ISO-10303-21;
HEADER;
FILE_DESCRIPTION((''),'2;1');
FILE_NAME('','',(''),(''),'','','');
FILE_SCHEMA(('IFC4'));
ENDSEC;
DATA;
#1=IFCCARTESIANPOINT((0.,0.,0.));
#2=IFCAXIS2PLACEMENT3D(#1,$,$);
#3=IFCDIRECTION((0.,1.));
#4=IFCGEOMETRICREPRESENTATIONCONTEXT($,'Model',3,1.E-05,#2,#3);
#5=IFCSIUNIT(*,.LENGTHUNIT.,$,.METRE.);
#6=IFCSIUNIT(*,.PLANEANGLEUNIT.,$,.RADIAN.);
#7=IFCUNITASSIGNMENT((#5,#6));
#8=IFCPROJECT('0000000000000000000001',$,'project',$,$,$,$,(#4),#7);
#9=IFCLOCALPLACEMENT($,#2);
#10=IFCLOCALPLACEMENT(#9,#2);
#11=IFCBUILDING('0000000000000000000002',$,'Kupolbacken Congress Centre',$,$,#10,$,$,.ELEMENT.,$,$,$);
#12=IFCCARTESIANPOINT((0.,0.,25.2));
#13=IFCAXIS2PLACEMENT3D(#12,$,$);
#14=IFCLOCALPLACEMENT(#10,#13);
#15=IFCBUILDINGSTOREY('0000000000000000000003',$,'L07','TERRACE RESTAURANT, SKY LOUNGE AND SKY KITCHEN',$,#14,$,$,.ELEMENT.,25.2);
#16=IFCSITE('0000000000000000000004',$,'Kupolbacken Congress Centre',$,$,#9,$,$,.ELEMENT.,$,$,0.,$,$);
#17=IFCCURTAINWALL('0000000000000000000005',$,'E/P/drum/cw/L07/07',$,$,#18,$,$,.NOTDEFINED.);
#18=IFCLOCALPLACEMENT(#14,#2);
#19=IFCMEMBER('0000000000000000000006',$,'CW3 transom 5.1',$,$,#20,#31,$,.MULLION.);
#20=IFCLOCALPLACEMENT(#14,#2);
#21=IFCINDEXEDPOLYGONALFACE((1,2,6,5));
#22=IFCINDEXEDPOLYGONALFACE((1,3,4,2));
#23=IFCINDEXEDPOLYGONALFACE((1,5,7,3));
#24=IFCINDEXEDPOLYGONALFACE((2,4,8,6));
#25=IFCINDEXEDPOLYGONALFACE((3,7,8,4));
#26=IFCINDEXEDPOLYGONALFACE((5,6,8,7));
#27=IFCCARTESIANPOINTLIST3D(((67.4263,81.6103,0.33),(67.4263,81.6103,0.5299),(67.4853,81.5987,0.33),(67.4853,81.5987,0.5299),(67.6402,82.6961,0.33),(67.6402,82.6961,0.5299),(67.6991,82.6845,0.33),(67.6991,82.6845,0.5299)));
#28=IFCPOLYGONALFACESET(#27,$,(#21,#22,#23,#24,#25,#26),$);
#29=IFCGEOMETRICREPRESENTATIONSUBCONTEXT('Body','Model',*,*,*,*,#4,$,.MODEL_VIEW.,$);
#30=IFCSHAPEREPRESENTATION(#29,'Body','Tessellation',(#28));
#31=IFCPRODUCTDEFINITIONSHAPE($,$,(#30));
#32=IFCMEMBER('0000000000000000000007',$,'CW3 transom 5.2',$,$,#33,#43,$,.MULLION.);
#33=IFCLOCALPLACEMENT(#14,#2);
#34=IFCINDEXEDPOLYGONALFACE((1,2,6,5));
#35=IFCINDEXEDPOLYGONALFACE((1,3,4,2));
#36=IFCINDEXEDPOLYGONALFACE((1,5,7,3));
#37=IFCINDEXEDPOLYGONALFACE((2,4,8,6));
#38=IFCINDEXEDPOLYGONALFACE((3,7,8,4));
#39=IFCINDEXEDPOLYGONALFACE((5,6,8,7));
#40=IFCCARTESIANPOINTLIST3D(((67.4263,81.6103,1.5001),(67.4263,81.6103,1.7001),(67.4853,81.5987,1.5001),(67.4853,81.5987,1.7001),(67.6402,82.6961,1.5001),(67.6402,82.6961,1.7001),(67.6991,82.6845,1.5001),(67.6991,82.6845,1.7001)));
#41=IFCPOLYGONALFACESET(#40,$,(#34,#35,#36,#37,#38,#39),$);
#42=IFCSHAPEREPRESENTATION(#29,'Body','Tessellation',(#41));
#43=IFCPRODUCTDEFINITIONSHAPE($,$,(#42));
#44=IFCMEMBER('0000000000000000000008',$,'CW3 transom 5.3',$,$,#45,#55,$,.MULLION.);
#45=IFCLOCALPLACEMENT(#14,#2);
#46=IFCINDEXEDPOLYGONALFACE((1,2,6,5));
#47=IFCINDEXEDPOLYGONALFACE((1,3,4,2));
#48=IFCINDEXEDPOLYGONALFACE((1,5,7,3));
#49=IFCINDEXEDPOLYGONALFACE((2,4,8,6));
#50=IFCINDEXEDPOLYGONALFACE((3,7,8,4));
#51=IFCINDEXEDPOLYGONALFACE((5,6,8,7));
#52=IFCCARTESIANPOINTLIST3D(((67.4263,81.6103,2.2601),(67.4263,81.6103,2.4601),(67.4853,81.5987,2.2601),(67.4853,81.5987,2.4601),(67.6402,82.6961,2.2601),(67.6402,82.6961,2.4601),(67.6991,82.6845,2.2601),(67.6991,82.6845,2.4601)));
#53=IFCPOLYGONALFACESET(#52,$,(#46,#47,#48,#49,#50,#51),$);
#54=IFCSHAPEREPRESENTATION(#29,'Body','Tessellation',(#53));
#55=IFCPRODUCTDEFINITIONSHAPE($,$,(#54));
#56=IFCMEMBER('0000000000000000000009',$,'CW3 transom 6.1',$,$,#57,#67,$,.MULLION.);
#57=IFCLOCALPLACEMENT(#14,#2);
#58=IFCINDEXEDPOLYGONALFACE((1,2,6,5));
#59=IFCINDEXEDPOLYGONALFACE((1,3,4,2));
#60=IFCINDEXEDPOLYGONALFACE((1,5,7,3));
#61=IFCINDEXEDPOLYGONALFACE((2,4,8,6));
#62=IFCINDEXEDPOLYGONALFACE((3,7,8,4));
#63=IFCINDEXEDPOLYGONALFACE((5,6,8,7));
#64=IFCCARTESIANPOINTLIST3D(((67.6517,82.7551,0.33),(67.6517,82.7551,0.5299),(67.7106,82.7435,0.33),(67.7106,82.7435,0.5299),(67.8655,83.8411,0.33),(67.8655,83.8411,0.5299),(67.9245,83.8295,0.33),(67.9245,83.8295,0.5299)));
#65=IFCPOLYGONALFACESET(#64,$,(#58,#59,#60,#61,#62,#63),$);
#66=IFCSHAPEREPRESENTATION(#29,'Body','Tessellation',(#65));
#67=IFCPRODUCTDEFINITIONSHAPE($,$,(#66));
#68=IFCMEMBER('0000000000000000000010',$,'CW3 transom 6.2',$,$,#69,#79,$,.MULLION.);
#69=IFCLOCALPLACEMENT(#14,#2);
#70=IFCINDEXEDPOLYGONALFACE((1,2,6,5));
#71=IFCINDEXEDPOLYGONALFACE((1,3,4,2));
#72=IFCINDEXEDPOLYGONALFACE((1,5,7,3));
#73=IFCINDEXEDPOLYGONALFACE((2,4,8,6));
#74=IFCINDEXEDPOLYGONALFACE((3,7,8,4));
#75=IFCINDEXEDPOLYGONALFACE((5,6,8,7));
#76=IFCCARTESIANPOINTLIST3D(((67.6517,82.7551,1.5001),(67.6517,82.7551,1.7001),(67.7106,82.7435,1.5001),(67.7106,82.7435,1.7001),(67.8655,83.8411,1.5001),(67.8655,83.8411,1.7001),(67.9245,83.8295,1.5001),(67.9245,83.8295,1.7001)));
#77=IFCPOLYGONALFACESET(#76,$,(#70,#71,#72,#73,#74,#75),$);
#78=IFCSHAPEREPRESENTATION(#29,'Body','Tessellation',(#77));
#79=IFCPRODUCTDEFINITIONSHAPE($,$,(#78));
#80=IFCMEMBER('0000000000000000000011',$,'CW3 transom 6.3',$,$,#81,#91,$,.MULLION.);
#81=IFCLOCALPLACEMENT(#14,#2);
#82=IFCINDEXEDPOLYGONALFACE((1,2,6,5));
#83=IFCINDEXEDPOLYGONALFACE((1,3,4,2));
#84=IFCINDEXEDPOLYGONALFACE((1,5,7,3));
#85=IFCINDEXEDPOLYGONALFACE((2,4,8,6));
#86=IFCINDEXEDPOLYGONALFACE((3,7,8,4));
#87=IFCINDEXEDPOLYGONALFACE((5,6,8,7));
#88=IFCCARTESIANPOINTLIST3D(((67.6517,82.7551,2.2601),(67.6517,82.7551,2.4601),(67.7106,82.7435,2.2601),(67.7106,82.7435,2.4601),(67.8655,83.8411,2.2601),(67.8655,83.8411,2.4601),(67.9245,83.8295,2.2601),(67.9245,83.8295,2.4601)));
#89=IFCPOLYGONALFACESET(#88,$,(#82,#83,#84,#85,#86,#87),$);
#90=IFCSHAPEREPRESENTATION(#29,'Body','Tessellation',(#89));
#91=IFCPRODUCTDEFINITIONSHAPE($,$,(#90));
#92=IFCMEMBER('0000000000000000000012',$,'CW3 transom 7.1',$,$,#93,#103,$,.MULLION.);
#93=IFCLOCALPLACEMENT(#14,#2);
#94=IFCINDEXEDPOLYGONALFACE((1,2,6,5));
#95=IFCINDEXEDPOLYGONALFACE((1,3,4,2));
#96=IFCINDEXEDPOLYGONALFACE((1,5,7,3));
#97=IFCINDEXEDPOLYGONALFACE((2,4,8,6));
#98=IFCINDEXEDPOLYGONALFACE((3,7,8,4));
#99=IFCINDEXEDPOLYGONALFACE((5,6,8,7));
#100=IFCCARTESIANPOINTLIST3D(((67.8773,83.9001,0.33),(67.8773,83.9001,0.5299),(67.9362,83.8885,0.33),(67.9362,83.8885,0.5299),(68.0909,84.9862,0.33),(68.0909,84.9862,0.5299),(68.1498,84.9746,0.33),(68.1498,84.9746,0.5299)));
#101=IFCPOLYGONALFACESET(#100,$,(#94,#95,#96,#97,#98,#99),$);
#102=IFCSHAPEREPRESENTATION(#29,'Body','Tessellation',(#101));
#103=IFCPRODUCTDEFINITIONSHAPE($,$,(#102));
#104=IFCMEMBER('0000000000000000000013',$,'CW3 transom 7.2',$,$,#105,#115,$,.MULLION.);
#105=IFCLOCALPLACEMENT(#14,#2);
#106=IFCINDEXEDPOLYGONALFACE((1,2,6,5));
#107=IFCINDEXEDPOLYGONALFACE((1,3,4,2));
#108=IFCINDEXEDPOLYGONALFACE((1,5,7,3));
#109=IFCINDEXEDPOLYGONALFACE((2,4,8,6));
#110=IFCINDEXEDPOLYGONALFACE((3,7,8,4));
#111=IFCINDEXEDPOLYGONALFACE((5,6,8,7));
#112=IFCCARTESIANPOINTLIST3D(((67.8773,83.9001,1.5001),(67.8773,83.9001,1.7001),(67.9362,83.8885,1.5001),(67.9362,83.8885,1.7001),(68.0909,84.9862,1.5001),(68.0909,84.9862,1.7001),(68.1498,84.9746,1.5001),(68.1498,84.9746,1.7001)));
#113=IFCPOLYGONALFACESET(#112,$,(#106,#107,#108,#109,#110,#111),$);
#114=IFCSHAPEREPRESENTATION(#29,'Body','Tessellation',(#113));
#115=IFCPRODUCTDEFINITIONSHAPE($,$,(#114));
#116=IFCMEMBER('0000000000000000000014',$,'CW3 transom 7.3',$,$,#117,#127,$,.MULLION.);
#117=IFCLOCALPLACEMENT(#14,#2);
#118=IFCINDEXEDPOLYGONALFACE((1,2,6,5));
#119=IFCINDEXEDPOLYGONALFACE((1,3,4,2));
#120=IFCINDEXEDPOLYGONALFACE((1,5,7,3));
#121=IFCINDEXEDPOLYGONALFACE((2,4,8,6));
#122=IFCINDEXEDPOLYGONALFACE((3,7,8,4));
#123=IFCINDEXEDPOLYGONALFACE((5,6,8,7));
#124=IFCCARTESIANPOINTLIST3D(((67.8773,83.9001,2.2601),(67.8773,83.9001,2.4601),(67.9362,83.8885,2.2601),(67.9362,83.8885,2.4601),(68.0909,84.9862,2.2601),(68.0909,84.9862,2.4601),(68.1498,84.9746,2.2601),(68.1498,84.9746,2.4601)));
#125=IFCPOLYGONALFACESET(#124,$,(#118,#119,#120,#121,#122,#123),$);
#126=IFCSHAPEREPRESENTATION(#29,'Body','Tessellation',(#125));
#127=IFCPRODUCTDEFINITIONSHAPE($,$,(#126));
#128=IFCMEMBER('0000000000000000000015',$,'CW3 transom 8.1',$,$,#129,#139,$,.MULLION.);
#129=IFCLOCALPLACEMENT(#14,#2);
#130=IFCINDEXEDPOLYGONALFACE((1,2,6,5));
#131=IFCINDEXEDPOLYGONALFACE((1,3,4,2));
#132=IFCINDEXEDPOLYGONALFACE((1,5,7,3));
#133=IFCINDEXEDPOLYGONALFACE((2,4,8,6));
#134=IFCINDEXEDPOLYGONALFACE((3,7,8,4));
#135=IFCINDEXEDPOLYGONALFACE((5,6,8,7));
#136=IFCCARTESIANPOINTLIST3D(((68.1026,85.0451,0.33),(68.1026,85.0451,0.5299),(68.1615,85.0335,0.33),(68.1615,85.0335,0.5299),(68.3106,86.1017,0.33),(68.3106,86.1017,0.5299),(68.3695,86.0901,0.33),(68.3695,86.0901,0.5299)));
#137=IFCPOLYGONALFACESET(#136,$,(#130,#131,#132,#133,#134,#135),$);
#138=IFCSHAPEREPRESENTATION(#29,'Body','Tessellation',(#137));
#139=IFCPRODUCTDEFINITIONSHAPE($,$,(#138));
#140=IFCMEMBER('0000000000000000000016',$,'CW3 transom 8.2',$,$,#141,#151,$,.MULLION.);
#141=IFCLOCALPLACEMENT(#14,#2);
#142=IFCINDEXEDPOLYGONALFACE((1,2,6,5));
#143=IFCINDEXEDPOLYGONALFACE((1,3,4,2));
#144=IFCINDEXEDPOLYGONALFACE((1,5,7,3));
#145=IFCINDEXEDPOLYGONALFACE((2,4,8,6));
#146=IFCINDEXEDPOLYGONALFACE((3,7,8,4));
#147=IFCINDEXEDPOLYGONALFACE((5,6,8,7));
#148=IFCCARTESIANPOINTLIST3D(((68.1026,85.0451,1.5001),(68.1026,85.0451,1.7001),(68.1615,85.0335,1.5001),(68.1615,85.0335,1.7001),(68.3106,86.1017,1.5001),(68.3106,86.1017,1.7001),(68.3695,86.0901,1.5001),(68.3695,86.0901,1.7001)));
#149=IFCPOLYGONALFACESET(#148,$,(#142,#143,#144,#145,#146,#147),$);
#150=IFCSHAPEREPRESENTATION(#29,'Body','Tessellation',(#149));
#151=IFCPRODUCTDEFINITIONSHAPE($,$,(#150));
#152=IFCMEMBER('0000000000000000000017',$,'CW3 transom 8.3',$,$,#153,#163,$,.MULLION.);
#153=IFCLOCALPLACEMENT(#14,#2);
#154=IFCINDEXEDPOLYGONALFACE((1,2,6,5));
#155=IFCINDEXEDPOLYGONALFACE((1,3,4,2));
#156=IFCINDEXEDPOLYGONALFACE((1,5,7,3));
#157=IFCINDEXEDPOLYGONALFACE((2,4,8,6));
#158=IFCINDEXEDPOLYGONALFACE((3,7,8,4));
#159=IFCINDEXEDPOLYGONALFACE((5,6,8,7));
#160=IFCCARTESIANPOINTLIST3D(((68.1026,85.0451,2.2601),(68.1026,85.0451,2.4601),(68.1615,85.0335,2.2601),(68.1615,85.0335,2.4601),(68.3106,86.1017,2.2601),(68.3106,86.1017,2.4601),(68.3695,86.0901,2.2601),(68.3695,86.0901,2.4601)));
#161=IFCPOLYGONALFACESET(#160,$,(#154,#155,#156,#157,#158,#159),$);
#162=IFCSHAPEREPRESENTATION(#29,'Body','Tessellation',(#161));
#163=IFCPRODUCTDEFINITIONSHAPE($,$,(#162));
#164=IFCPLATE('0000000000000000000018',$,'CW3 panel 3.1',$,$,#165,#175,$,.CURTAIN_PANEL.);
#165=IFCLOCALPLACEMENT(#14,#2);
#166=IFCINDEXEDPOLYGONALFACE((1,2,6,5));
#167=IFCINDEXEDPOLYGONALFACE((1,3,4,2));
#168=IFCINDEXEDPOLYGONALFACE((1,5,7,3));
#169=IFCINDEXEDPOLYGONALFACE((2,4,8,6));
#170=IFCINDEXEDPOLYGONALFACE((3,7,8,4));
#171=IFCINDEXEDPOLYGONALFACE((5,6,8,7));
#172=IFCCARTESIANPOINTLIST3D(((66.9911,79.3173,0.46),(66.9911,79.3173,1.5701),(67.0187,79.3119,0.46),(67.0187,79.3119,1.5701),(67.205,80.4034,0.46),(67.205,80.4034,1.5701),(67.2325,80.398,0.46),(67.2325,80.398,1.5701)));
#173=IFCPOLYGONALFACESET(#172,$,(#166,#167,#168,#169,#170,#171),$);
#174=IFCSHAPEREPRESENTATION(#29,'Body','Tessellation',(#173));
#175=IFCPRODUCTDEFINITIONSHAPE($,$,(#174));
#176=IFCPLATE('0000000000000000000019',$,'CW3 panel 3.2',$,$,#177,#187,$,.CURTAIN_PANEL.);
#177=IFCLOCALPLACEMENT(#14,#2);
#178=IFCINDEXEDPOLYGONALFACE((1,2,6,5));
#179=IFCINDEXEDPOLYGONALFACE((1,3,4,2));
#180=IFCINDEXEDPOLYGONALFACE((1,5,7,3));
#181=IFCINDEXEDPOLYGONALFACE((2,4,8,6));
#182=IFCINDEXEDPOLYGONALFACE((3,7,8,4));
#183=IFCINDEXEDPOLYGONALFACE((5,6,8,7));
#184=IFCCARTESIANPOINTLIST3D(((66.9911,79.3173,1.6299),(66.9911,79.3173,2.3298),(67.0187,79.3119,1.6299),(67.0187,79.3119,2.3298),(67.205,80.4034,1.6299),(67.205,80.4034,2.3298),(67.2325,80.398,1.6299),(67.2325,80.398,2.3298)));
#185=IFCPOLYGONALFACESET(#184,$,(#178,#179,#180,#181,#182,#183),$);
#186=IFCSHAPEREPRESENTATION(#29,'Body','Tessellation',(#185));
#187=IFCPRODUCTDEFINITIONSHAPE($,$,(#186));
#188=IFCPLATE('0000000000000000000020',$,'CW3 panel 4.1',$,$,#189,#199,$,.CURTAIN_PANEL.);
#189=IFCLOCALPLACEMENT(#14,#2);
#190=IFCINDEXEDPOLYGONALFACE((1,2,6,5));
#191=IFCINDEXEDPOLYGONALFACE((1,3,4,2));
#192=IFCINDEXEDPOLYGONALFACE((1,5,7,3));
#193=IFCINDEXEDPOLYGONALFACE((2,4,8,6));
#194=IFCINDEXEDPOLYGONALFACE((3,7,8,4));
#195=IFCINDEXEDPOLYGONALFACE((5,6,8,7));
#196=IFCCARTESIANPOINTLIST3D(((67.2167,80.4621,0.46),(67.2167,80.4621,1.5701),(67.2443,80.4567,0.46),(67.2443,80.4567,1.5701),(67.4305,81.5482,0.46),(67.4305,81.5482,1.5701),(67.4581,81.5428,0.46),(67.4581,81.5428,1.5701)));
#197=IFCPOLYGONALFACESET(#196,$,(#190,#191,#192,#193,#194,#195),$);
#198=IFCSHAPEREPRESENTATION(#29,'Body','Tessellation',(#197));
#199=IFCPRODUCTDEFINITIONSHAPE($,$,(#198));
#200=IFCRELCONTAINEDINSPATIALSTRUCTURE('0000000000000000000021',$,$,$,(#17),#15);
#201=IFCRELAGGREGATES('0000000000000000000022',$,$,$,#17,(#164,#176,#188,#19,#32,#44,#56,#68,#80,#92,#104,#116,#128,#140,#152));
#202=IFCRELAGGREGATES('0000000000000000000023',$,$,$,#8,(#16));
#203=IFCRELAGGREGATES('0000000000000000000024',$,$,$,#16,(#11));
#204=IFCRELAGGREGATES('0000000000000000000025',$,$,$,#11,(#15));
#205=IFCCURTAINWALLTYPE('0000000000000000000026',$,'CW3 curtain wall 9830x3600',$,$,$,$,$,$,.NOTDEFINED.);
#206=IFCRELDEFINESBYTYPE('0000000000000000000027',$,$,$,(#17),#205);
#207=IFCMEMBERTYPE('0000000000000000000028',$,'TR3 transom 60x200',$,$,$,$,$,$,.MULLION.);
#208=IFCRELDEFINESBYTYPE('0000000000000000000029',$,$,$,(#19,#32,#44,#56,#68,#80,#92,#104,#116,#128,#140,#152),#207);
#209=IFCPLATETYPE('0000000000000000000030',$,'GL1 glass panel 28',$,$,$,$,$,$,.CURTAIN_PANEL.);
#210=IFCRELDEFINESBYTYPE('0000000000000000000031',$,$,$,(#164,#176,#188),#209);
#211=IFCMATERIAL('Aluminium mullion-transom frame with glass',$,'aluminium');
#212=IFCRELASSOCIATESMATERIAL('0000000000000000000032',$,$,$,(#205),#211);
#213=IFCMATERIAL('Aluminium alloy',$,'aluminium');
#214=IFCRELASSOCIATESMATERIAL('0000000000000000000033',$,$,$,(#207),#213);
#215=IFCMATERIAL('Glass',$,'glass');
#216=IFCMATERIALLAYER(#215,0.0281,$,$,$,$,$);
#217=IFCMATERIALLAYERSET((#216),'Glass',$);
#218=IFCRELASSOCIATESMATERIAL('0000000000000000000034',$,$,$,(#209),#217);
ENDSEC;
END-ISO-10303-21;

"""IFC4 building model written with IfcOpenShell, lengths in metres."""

from ifc_helpers import new_model, si_unit, direction, frame, origin, origin_2d, place, context, subcontext, project, spatial, rectangle, extrude, material, layer, layer_set, material_profile, profile_set, type_object, element, aggregate, save


model = new_model("IFC4")

# Units and contexts
model_context = context("Model", 3, precision=1e-05, world=origin(), true_north=direction((0.0, 1.0)))
body_context = subcontext(model_context, "Body", "Model", "MODEL_VIEW")
ifc_project = project(units=[si_unit("LENGTHUNIT", "METRE"), si_unit("PLANEANGLEUNIT", "RADIAN")], contexts=[model_context])

# Site, building, storey
site_placement = place(None, origin())
site = spatial("IfcSite", under=ifc_project, at=site_placement, Name="Kupolbacken Congress Centre", CompositionType="ELEMENT", RefElevation=0.0)
building_placement = place(site_placement, origin())
building = spatial("IfcBuilding", under=site, at=building_placement, Name="Kupolbacken Congress Centre", CompositionType="ELEMENT")
storey_placement = place(building_placement, frame((0.0, 0.0, 25.2)))
storey = spatial("IfcBuildingStorey", under=building, at=storey_placement, Name="L07", Description="TERRACE RESTAURANT, SKY LOUNGE AND SKY KITCHEN", CompositionType="ELEMENT", Elevation=25.2)

# Curtain wall, members, plates
ifc_material_1 = material(Name="Aluminium mullion-transom frame with glass", Category="aluminium")
curtain_wall_type = type_object("IfcCurtainWallType", Name="CW3 curtain wall 9830x3600", PredefinedType="NOTDEFINED", material=ifc_material_1)
curtain_wall_placement = place(storey_placement, origin())
curtain_wall = element("IfcCurtainWall", 1, at=curtain_wall_placement, inside=storey, type_object=curtain_wall_type, Name="E/P/drum/cw/L07/07", PredefinedType="NOTDEFINED")
ifc_material_2 = material(Name="Aluminium alloy", Category="aluminium")
ifc_material_profile_1 = material_profile(ifc_material_2, rectangle(XDim=0.0601, YDim=0.2, at=origin_2d()), Name="60 x 200")
ifc_profile_set_1 = profile_set([ifc_material_profile_1], Name="Aluminium alloy")
member_type_1 = type_object("IfcMemberType", Name="TR3 transom 60x200", PredefinedType="MULLION", material=ifc_profile_set_1)
member_1_placement = place(storey_placement, frame((67.4558, 81.6045, 0.4299), z_axis=(0.193231, 0.981153, 0.0), x_axis=(-0.981153, 0.193231, 0.0)))
member_1 = element("IfcMember", 2, at=member_1_placement, type_object=member_type_1, Name="CW3 transom 5.1", PredefinedType="MULLION", context=body_context, shape_type="SweptSolid", body=[
    extrude(rectangle(XDim=0.0601, YDim=0.2, at=origin_2d()), origin(), (0.0, 0.0, 1.0), 1.1067),
])
member_2_placement = place(storey_placement, frame((67.4558, 81.6045, 1.6001), z_axis=(0.193231, 0.981153, 0.0), x_axis=(-0.981153, 0.193231, 0.0)))
member_2 = element("IfcMember", 3, at=member_2_placement, type_object=member_type_1, Name="CW3 transom 5.2", PredefinedType="MULLION", context=body_context, shape_type="SweptSolid", body=[
    extrude(rectangle(XDim=0.0601, YDim=0.2, at=origin_2d()), origin(), (0.0, 0.0, 1.0), 1.1067),
])
member_3_placement = place(storey_placement, frame((67.4558, 81.6045, 2.3601), z_axis=(0.193231, 0.981153, 0.0), x_axis=(-0.981153, 0.193231, 0.0)))
member_3 = element("IfcMember", 4, at=member_3_placement, type_object=member_type_1, Name="CW3 transom 5.3", PredefinedType="MULLION", context=body_context, shape_type="SweptSolid", body=[
    extrude(rectangle(XDim=0.0601, YDim=0.2, at=origin_2d()), origin(), (0.0, 0.0, 1.0), 1.1067),
])
member_4_placement = place(storey_placement, frame((67.6812, 82.7493, 0.4299), z_axis=(0.193189, 0.981162, 0.0), x_axis=(-0.981162, 0.193189, 0.0)))
member_4 = element("IfcMember", 5, at=member_4_placement, type_object=member_type_1, Name="CW3 transom 6.1", PredefinedType="MULLION", context=body_context, shape_type="SweptSolid", body=[
    extrude(rectangle(XDim=0.0601, YDim=0.2, at=origin_2d()), origin(), (0.0, 0.0, 1.0), 1.1069),
])
member_5_placement = place(storey_placement, frame((67.6812, 82.7493, 1.6001), z_axis=(0.193189, 0.981162, 0.0), x_axis=(-0.981162, 0.193189, 0.0)))
member_5 = element("IfcMember", 6, at=member_5_placement, type_object=member_type_1, Name="CW3 transom 6.2", PredefinedType="MULLION", context=body_context, shape_type="SweptSolid", body=[
    extrude(rectangle(XDim=0.0601, YDim=0.2, at=origin_2d()), origin(), (0.0, 0.0, 1.0), 1.1069),
])
member_6_placement = place(storey_placement, frame((67.6812, 82.7493, 2.3601), z_axis=(0.193189, 0.981162, 0.0), x_axis=(-0.981162, 0.193189, 0.0)))
member_6 = element("IfcMember", 7, at=member_6_placement, type_object=member_type_1, Name="CW3 transom 6.3", PredefinedType="MULLION", context=body_context, shape_type="SweptSolid", body=[
    extrude(rectangle(XDim=0.0601, YDim=0.2, at=origin_2d()), origin(), (0.0, 0.0, 1.0), 1.1069),
])
member_7_placement = place(storey_placement, frame((67.9067, 83.8943, 0.4299), z_axis=(0.192977, 0.981203, 0.0), x_axis=(-0.981203, 0.192977, 0.0)))
member_7 = element("IfcMember", 8, at=member_7_placement, type_object=member_type_1, Name="CW3 transom 7.1", PredefinedType="MULLION", context=body_context, shape_type="SweptSolid", body=[
    extrude(rectangle(XDim=0.0601, YDim=0.2, at=origin_2d()), origin(), (0.0, 0.0, 1.0), 1.1069),
])
member_8_placement = place(storey_placement, frame((67.9067, 83.8943, 1.6001), z_axis=(0.192977, 0.981203, 0.0), x_axis=(-0.981203, 0.192977, 0.0)))
member_8 = element("IfcMember", 9, at=member_8_placement, type_object=member_type_1, Name="CW3 transom 7.2", PredefinedType="MULLION", context=body_context, shape_type="SweptSolid", body=[
    extrude(rectangle(XDim=0.0601, YDim=0.2, at=origin_2d()), origin(), (0.0, 0.0, 1.0), 1.1069),
])
member_9_placement = place(storey_placement, frame((67.9067, 83.8943, 2.3601), z_axis=(0.192977, 0.981203, 0.0), x_axis=(-0.981203, 0.192977, 0.0)))
member_9 = element("IfcMember", 10, at=member_9_placement, type_object=member_type_1, Name="CW3 transom 7.3", PredefinedType="MULLION", context=body_context, shape_type="SweptSolid", body=[
    extrude(rectangle(XDim=0.0601, YDim=0.2, at=origin_2d()), origin(), (0.0, 0.0, 1.0), 1.1069),
])
member_10_placement = place(storey_placement, frame((68.1321, 85.0393, 0.4299), z_axis=(0.193151, 0.981169, 0.0), x_axis=(-0.981169, 0.193151, 0.0)))
member_10 = element("IfcMember", 11, at=member_10_placement, type_object=member_type_1, Name="CW3 transom 8.1", PredefinedType="MULLION", context=body_context, shape_type="SweptSolid", body=[
    extrude(rectangle(XDim=0.0601, YDim=0.2, at=origin_2d()), origin(), (0.0, 0.0, 1.0), 1.0769),
])
member_11_placement = place(storey_placement, frame((68.1321, 85.0393, 1.6001), z_axis=(0.193151, 0.981169, 0.0), x_axis=(-0.981169, 0.193151, 0.0)))
member_11 = element("IfcMember", 12, at=member_11_placement, type_object=member_type_1, Name="CW3 transom 8.2", PredefinedType="MULLION", context=body_context, shape_type="SweptSolid", body=[
    extrude(rectangle(XDim=0.0601, YDim=0.2, at=origin_2d()), origin(), (0.0, 0.0, 1.0), 1.0769),
])
member_12_placement = place(storey_placement, frame((68.1321, 85.0393, 2.3601), z_axis=(0.193151, 0.981169, 0.0), x_axis=(-0.981169, 0.193151, 0.0)))
member_12 = element("IfcMember", 13, at=member_12_placement, type_object=member_type_1, Name="CW3 transom 8.3", PredefinedType="MULLION", context=body_context, shape_type="SweptSolid", body=[
    extrude(rectangle(XDim=0.0601, YDim=0.2, at=origin_2d()), origin(), (0.0, 0.0, 1.0), 1.0769),
])
ifc_material_3 = material(Name="Glass", Category="glass")
ifc_layer_1 = layer(ifc_material_3, 0.0281)
ifc_layer_set_1 = layer_set([ifc_layer_1], Name="Glass")
plate_type = type_object("IfcPlateType", Name="GL1 glass panel 28", PredefinedType="CURTAIN_PANEL", material=ifc_layer_set_1)
plate_1_placement = place(storey_placement, frame((67.1118, 79.8577, 0.46), z_axis=(0.0, 0.0, 1.0), x_axis=(0.193182, 0.981163, 0.0)))
plate_1 = element("IfcPlate", 14, at=plate_1_placement, type_object=plate_type, Name="CW3 panel 3.1", PredefinedType="CURTAIN_PANEL", context=body_context, shape_type="SweptSolid", body=[
    extrude(rectangle(XDim=1.1069, YDim=0.0281, at=origin_2d()), origin(), (0.0, 0.0, 1.0), 1.1101),
])
plate_2_placement = place(storey_placement, frame((67.1118, 79.8577, 1.6299), z_axis=(0.0, 0.0, 1.0), x_axis=(0.193182, 0.981163, 0.0)))
plate_2 = element("IfcPlate", 15, at=plate_2_placement, type_object=plate_type, Name="CW3 panel 3.2", PredefinedType="CURTAIN_PANEL", context=body_context, shape_type="SweptSolid", body=[
    extrude(rectangle(XDim=1.1069, YDim=0.0281, at=origin_2d()), origin(), (0.0, 0.0, 1.0), 0.7),
])
plate_3_placement = place(storey_placement, frame((67.3374, 81.0024, 0.46), z_axis=(0.0, 0.0, 1.0), x_axis=(0.193182, 0.981163, 0.0)))
plate_3 = element("IfcPlate", 16, at=plate_3_placement, type_object=plate_type, Name="CW3 panel 4.1", PredefinedType="CURTAIN_PANEL", context=body_context, shape_type="SweptSolid", body=[
    extrude(rectangle(XDim=1.1069, YDim=0.0281, at=origin_2d()), origin(), (0.0, 0.0, 1.0), 1.1101),
])
aggregate(curtain_wall, [plate_1, plate_2, plate_3, member_1, member_2, member_3, member_4, member_5, member_6, member_7, member_8, member_9, member_10, member_11, member_12])

save(model, "model.ifc")
